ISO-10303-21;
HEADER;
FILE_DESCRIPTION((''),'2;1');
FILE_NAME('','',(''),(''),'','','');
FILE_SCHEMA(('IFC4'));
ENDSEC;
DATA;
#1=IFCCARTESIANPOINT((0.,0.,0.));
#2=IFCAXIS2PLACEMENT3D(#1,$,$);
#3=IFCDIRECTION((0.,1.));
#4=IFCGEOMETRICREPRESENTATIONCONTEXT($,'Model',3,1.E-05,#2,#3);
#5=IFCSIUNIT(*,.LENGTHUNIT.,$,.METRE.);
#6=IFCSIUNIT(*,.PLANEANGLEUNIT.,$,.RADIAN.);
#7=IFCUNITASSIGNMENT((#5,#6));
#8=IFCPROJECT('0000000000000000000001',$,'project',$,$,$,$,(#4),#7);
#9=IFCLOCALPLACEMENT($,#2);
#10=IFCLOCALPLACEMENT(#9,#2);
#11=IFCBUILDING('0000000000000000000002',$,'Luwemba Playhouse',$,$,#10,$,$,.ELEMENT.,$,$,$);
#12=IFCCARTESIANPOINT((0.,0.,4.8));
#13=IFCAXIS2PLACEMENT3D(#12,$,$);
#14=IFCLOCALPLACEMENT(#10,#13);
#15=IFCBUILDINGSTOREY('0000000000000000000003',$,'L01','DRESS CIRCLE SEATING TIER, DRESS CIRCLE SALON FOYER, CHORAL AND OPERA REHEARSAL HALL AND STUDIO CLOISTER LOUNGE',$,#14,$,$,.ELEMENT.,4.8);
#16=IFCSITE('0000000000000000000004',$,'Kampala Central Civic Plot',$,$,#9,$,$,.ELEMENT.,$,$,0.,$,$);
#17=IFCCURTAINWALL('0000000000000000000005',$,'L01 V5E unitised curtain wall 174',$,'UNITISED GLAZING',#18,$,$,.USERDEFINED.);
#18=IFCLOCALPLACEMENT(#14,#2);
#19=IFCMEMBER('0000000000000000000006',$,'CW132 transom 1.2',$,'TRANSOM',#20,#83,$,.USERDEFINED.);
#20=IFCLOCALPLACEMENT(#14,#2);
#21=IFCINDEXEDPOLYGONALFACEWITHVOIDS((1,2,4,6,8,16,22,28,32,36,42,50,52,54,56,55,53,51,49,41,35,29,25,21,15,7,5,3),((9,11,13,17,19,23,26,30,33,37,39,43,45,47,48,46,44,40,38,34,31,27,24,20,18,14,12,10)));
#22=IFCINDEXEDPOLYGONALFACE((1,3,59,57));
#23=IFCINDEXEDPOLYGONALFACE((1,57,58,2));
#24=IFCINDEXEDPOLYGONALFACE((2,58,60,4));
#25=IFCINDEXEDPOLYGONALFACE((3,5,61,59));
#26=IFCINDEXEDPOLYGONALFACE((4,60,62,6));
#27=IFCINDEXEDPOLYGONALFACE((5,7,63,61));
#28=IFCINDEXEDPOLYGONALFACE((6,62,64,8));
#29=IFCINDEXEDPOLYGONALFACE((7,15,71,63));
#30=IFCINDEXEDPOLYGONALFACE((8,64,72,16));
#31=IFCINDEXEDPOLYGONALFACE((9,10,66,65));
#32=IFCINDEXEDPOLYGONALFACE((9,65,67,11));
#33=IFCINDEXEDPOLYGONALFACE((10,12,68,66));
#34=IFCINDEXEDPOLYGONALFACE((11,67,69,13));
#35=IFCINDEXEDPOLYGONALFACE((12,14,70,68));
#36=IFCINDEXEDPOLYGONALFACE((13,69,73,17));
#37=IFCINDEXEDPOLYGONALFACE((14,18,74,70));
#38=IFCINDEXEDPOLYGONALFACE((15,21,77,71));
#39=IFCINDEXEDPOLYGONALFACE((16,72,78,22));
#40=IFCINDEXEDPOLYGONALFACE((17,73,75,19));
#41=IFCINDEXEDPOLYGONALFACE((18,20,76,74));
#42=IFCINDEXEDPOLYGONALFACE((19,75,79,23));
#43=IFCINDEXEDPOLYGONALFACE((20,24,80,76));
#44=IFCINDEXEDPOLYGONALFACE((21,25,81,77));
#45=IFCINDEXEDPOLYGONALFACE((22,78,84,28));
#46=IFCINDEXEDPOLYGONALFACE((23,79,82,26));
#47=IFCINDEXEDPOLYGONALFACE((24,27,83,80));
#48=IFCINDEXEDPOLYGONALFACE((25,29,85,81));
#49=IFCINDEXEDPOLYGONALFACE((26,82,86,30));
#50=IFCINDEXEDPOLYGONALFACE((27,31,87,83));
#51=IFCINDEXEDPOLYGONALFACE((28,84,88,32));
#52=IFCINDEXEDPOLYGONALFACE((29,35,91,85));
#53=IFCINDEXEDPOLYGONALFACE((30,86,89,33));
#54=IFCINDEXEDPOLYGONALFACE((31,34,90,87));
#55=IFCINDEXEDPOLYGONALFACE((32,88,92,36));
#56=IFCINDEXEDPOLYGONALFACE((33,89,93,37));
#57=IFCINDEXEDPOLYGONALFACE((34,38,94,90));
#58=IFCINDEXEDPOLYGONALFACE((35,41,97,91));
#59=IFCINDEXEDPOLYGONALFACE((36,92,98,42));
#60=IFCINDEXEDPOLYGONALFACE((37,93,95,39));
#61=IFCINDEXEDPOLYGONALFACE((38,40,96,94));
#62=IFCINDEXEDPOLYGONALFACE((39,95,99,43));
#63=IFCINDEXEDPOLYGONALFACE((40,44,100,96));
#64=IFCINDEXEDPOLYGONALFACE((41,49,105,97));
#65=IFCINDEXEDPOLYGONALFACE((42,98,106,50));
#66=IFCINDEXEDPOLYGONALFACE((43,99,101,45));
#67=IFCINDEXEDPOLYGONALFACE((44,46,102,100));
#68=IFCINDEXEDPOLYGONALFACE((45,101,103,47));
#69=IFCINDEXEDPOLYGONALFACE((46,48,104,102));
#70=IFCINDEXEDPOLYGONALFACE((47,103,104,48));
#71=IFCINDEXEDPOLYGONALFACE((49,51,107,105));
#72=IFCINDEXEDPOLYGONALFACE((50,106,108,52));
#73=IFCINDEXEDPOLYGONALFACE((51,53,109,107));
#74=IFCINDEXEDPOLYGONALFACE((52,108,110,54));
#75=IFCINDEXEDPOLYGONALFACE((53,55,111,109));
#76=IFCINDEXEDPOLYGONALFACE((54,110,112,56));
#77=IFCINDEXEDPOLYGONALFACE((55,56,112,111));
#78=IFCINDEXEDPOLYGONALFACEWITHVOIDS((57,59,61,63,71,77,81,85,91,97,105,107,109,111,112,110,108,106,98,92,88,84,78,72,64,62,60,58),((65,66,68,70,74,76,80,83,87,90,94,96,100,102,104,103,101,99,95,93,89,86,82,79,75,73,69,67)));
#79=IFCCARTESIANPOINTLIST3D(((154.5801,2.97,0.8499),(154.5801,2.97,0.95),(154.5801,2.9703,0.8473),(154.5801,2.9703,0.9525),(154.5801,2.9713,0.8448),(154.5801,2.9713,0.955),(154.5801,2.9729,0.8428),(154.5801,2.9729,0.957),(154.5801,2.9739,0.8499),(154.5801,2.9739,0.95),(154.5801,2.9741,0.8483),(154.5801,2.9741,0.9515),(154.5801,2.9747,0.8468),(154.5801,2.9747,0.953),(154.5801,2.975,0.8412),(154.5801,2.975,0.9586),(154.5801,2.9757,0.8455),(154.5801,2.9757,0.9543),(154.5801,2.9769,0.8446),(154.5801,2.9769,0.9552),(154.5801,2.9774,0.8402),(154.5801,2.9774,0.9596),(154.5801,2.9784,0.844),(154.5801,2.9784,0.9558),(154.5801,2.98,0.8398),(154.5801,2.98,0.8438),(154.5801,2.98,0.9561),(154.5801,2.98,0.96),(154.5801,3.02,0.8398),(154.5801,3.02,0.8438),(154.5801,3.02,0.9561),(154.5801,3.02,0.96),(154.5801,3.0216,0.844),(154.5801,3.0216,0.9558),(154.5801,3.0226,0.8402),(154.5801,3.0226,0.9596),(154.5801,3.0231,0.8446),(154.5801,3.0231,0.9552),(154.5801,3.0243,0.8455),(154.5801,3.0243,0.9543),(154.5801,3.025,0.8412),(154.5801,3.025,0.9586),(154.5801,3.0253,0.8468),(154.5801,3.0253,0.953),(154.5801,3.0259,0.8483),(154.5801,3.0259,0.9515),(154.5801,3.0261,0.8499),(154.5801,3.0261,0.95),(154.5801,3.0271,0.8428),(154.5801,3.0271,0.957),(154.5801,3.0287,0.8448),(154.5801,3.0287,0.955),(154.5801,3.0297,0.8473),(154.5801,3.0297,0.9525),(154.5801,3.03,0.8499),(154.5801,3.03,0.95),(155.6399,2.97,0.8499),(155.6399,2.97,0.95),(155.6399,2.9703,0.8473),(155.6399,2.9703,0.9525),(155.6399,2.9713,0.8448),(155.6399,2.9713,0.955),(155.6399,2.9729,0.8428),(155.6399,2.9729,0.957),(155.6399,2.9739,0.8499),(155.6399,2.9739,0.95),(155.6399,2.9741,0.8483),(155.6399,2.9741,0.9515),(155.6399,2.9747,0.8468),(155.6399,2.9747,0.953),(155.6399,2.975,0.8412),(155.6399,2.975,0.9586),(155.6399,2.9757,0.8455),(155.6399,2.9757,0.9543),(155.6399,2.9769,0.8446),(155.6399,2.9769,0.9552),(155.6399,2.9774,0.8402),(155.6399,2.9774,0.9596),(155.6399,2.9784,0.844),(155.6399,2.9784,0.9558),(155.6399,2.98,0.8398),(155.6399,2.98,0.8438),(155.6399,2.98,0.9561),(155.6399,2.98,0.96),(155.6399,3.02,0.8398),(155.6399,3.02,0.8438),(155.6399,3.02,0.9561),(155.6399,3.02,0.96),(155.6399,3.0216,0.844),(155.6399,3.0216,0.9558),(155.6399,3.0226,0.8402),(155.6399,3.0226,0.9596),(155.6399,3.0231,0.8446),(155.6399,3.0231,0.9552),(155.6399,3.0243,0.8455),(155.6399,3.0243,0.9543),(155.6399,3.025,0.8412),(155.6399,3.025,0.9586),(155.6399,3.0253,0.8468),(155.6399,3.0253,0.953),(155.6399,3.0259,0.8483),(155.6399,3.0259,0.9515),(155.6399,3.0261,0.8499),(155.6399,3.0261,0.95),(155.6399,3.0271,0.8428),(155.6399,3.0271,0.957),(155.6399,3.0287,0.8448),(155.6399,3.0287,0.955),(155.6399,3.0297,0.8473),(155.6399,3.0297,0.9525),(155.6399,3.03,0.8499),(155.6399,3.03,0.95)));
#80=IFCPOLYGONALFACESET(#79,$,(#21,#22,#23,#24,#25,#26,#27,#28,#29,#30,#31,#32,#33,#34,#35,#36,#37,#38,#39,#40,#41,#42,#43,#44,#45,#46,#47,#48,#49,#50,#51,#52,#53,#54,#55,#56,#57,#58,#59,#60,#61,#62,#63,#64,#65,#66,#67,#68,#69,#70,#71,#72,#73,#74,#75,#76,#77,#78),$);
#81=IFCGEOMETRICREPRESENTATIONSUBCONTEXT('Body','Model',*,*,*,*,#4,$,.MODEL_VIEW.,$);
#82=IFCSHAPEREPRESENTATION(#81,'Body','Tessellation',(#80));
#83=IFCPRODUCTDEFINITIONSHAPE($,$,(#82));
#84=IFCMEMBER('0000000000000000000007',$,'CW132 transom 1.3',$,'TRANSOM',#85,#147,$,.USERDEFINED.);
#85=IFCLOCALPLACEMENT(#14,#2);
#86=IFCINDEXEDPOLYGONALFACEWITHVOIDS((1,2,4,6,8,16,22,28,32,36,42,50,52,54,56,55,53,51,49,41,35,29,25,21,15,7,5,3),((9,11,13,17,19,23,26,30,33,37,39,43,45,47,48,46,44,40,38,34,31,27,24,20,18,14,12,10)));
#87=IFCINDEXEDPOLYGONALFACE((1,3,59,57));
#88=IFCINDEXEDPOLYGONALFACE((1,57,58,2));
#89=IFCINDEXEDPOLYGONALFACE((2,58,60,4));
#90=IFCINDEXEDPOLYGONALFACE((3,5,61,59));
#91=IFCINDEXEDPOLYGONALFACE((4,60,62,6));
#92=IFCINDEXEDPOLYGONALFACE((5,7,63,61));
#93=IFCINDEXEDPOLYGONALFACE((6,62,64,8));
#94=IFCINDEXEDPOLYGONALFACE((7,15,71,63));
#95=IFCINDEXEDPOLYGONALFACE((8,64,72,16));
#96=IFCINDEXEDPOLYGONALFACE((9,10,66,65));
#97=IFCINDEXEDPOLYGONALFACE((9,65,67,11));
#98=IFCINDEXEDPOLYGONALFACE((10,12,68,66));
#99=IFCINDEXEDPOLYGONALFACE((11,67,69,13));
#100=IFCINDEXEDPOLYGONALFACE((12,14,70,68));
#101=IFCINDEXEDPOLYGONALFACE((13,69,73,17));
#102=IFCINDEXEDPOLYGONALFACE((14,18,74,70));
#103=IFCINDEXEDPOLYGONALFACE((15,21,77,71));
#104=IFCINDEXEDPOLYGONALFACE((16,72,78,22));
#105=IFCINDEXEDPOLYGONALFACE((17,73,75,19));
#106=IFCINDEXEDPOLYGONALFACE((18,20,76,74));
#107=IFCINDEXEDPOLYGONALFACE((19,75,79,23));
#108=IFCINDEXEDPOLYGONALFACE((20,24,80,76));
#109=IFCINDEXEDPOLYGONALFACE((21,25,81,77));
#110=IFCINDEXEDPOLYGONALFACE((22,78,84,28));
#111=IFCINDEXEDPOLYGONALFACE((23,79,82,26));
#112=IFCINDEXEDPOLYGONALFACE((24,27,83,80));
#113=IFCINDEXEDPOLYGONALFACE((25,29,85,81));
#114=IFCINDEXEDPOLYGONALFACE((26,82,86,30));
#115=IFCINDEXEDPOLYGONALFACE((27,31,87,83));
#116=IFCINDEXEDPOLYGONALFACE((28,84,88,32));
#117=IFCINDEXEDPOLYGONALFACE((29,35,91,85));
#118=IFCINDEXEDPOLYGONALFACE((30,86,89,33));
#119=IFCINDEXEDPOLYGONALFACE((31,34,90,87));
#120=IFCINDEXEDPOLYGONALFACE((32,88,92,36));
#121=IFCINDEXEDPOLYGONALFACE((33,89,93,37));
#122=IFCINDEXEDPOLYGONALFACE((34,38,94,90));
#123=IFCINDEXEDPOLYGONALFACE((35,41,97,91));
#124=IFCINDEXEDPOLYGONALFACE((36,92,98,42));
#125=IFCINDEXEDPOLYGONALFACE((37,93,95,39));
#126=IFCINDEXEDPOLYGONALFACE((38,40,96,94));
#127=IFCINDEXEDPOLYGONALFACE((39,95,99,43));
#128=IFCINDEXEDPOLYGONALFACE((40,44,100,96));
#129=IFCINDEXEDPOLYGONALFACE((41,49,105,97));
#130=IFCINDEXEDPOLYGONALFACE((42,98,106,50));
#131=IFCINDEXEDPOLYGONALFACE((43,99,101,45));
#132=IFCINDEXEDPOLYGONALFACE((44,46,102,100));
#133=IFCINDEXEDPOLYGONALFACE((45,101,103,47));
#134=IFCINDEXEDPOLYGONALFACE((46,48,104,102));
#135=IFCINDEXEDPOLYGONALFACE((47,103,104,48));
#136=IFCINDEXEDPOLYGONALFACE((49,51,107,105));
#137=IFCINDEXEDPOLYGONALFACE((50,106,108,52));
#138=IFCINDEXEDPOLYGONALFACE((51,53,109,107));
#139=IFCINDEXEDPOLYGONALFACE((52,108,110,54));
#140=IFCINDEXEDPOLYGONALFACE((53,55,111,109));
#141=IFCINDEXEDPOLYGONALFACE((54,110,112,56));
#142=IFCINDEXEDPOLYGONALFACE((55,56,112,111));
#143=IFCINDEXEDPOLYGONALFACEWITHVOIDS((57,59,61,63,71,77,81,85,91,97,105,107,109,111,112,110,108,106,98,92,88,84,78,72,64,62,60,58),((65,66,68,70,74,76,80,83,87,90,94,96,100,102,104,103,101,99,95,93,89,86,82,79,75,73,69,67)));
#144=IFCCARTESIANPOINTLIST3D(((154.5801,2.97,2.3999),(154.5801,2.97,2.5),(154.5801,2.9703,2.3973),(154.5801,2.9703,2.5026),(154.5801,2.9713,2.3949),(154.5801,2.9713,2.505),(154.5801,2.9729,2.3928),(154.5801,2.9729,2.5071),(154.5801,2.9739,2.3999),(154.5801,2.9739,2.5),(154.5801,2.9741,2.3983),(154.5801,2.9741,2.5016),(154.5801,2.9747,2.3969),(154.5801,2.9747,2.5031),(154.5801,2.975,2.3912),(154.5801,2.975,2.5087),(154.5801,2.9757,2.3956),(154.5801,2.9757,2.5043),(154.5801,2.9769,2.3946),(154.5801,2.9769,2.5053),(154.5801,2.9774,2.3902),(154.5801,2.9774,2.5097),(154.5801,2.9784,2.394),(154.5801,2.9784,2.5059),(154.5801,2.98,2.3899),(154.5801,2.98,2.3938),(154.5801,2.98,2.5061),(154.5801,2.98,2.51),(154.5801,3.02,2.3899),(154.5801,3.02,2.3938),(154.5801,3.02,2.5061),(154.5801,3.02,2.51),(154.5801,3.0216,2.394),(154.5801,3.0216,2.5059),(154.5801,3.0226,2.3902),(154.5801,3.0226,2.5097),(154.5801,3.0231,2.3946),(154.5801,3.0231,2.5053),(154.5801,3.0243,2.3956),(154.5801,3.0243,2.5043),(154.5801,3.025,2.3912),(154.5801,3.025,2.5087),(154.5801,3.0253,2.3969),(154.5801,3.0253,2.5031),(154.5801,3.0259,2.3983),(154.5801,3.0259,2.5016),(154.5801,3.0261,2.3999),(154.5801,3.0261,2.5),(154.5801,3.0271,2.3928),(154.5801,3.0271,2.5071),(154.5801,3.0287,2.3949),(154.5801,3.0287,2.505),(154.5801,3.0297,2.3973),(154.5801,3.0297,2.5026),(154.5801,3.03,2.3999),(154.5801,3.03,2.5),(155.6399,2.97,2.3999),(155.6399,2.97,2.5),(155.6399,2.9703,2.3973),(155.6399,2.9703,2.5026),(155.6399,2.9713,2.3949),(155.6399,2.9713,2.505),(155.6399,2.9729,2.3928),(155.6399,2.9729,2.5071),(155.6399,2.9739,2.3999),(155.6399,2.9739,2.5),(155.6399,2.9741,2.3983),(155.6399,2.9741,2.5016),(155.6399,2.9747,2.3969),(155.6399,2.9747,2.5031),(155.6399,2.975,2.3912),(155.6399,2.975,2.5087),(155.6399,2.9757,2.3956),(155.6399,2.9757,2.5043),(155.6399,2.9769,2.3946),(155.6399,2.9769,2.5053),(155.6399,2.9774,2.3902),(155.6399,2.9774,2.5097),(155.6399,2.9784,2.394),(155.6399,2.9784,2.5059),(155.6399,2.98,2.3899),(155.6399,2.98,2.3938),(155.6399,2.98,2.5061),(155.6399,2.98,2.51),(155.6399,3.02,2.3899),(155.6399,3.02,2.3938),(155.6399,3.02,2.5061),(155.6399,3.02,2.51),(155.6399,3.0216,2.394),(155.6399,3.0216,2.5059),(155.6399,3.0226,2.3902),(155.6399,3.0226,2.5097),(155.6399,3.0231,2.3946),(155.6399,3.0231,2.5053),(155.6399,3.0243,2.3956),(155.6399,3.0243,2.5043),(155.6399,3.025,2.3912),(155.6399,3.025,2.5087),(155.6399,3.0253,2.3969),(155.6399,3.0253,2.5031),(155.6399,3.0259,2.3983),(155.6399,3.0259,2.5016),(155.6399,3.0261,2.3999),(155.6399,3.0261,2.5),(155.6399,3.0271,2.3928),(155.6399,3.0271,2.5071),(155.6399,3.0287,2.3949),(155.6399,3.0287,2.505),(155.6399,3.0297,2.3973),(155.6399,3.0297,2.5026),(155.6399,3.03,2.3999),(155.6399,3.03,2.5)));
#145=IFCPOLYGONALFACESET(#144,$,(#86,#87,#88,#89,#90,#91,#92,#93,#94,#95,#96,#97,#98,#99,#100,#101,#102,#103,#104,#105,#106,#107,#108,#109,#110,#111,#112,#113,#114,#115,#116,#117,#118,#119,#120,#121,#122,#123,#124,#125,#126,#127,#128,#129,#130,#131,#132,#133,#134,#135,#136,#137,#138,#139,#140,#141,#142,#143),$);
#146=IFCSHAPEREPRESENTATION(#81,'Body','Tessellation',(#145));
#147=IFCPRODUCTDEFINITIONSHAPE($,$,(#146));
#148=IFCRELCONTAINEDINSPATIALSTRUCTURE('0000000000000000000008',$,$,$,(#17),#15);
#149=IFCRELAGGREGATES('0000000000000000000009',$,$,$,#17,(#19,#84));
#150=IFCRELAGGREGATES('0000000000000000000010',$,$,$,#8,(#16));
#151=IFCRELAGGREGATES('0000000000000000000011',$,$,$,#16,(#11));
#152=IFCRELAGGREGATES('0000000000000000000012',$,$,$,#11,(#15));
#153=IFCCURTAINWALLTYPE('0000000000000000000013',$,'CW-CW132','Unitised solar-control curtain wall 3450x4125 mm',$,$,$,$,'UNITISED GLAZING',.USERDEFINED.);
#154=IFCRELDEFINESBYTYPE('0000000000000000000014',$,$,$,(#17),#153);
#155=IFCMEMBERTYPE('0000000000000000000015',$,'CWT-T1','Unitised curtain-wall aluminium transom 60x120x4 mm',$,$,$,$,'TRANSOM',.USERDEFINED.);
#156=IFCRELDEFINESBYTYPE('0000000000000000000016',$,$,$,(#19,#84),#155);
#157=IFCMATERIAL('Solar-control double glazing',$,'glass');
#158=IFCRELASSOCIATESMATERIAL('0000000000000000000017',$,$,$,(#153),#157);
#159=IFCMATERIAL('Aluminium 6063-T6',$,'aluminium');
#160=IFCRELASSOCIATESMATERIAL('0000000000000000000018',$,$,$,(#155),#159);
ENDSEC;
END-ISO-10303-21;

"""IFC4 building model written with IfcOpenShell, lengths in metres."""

from ifc_helpers import new_model, si_unit, direction, frame, origin, origin_2d, place, context, subcontext, project, spatial, hollow_rectangle, extrude, material, material_profile, profile_set, type_object, element, aggregate, save


model = new_model("IFC4")

# Units and contexts
model_context = context("Model", 3, precision=1e-05, world=origin(), true_north=direction((0.0, 1.0)))
body_context = subcontext(model_context, "Body", "Model", "MODEL_VIEW")
ifc_project = project(units=[si_unit("LENGTHUNIT", "METRE"), si_unit("PLANEANGLEUNIT", "RADIAN")], contexts=[model_context])

# Site, building, storey
site_placement = place(None, origin())
site = spatial("IfcSite", under=ifc_project, at=site_placement, Name="Kampala Central Civic Plot", CompositionType="ELEMENT", RefElevation=0.0)
building_placement = place(site_placement, origin())
building = spatial("IfcBuilding", under=site, at=building_placement, Name="Luwemba Playhouse", CompositionType="ELEMENT")
storey_placement = place(building_placement, frame((0.0, 0.0, 4.8)))
storey = spatial("IfcBuildingStorey", under=building, at=storey_placement, Name="L01", Description="DRESS CIRCLE SEATING TIER, DRESS CIRCLE SALON FOYER, CHORAL AND OPERA REHEARSAL HALL AND STUDIO CLOISTER LOUNGE", CompositionType="ELEMENT", Elevation=4.8)

# Curtain wall
ifc_material_1 = material(Name="Solar-control double glazing", Category="glass")
curtain_wall_type_1 = type_object("IfcCurtainWallType", Name="CW-CW132", Description="Unitised solar-control curtain wall 3450x4125 mm", ElementType="UNITISED GLAZING", PredefinedType="USERDEFINED", material=ifc_material_1)
curtain_wall_1_placement = place(storey_placement, origin())
curtain_wall_1 = element("IfcCurtainWall", 1, at=curtain_wall_1_placement, inside=storey, type_object=curtain_wall_type_1, Name="L01 V5E unitised curtain wall 174", ObjectType="UNITISED GLAZING", PredefinedType="USERDEFINED")
ifc_material_2 = material(Name="Aluminium 6063-T6", Category="aluminium")

# Members
ifc_material_profile_1 = material_profile(ifc_material_2, hollow_rectangle(XDim=0.0601, YDim=0.1201, WallThickness=0.0039, InnerFilletRadius=0.0061, OuterFilletRadius=0.01, at=origin_2d()))
ifc_profile_set_1 = profile_set([ifc_material_profile_1], Name="Aluminium 6063-T6")
member_type_1 = type_object("IfcMemberType", Name="CWT-T1", Description="Unitised curtain-wall aluminium transom 60x120x4 mm", ElementType="TRANSOM", PredefinedType="USERDEFINED", material=ifc_profile_set_1)
member_1_placement = place(storey_placement, frame((155.6399, 3.0, 0.8999), z_axis=(-1.0, 0.0, 0.0), x_axis=(0.0, -1.0, 0.0)))
member_1 = element("IfcMember", 2, at=member_1_placement, type_object=member_type_1, Name="CW132 transom 1.2", ObjectType="TRANSOM", PredefinedType="USERDEFINED", context=body_context, shape_type="SweptSolid", body=[
    extrude(hollow_rectangle(XDim=0.0601, YDim=0.1201, WallThickness=0.0039, InnerFilletRadius=0.0061, OuterFilletRadius=0.01, at=origin_2d()), origin(), (0.0, 0.0, 1.0), 1.0598),
])
member_2_placement = place(storey_placement, frame((155.6399, 3.0, 2.45), z_axis=(-1.0, 0.0, 0.0), x_axis=(0.0, -1.0, 0.0)))
member_2 = element("IfcMember", 3, at=member_2_placement, type_object=member_type_1, Name="CW132 transom 1.3", ObjectType="TRANSOM", PredefinedType="USERDEFINED", context=body_context, shape_type="SweptSolid", body=[
    extrude(hollow_rectangle(XDim=0.0601, YDim=0.1201, WallThickness=0.0039, InnerFilletRadius=0.0061, OuterFilletRadius=0.01, at=origin_2d()), origin(), (0.0, 0.0, 1.0), 1.0598),
])

aggregate(curtain_wall_1, [member_1, member_2])

save(model, "model.ifc")
